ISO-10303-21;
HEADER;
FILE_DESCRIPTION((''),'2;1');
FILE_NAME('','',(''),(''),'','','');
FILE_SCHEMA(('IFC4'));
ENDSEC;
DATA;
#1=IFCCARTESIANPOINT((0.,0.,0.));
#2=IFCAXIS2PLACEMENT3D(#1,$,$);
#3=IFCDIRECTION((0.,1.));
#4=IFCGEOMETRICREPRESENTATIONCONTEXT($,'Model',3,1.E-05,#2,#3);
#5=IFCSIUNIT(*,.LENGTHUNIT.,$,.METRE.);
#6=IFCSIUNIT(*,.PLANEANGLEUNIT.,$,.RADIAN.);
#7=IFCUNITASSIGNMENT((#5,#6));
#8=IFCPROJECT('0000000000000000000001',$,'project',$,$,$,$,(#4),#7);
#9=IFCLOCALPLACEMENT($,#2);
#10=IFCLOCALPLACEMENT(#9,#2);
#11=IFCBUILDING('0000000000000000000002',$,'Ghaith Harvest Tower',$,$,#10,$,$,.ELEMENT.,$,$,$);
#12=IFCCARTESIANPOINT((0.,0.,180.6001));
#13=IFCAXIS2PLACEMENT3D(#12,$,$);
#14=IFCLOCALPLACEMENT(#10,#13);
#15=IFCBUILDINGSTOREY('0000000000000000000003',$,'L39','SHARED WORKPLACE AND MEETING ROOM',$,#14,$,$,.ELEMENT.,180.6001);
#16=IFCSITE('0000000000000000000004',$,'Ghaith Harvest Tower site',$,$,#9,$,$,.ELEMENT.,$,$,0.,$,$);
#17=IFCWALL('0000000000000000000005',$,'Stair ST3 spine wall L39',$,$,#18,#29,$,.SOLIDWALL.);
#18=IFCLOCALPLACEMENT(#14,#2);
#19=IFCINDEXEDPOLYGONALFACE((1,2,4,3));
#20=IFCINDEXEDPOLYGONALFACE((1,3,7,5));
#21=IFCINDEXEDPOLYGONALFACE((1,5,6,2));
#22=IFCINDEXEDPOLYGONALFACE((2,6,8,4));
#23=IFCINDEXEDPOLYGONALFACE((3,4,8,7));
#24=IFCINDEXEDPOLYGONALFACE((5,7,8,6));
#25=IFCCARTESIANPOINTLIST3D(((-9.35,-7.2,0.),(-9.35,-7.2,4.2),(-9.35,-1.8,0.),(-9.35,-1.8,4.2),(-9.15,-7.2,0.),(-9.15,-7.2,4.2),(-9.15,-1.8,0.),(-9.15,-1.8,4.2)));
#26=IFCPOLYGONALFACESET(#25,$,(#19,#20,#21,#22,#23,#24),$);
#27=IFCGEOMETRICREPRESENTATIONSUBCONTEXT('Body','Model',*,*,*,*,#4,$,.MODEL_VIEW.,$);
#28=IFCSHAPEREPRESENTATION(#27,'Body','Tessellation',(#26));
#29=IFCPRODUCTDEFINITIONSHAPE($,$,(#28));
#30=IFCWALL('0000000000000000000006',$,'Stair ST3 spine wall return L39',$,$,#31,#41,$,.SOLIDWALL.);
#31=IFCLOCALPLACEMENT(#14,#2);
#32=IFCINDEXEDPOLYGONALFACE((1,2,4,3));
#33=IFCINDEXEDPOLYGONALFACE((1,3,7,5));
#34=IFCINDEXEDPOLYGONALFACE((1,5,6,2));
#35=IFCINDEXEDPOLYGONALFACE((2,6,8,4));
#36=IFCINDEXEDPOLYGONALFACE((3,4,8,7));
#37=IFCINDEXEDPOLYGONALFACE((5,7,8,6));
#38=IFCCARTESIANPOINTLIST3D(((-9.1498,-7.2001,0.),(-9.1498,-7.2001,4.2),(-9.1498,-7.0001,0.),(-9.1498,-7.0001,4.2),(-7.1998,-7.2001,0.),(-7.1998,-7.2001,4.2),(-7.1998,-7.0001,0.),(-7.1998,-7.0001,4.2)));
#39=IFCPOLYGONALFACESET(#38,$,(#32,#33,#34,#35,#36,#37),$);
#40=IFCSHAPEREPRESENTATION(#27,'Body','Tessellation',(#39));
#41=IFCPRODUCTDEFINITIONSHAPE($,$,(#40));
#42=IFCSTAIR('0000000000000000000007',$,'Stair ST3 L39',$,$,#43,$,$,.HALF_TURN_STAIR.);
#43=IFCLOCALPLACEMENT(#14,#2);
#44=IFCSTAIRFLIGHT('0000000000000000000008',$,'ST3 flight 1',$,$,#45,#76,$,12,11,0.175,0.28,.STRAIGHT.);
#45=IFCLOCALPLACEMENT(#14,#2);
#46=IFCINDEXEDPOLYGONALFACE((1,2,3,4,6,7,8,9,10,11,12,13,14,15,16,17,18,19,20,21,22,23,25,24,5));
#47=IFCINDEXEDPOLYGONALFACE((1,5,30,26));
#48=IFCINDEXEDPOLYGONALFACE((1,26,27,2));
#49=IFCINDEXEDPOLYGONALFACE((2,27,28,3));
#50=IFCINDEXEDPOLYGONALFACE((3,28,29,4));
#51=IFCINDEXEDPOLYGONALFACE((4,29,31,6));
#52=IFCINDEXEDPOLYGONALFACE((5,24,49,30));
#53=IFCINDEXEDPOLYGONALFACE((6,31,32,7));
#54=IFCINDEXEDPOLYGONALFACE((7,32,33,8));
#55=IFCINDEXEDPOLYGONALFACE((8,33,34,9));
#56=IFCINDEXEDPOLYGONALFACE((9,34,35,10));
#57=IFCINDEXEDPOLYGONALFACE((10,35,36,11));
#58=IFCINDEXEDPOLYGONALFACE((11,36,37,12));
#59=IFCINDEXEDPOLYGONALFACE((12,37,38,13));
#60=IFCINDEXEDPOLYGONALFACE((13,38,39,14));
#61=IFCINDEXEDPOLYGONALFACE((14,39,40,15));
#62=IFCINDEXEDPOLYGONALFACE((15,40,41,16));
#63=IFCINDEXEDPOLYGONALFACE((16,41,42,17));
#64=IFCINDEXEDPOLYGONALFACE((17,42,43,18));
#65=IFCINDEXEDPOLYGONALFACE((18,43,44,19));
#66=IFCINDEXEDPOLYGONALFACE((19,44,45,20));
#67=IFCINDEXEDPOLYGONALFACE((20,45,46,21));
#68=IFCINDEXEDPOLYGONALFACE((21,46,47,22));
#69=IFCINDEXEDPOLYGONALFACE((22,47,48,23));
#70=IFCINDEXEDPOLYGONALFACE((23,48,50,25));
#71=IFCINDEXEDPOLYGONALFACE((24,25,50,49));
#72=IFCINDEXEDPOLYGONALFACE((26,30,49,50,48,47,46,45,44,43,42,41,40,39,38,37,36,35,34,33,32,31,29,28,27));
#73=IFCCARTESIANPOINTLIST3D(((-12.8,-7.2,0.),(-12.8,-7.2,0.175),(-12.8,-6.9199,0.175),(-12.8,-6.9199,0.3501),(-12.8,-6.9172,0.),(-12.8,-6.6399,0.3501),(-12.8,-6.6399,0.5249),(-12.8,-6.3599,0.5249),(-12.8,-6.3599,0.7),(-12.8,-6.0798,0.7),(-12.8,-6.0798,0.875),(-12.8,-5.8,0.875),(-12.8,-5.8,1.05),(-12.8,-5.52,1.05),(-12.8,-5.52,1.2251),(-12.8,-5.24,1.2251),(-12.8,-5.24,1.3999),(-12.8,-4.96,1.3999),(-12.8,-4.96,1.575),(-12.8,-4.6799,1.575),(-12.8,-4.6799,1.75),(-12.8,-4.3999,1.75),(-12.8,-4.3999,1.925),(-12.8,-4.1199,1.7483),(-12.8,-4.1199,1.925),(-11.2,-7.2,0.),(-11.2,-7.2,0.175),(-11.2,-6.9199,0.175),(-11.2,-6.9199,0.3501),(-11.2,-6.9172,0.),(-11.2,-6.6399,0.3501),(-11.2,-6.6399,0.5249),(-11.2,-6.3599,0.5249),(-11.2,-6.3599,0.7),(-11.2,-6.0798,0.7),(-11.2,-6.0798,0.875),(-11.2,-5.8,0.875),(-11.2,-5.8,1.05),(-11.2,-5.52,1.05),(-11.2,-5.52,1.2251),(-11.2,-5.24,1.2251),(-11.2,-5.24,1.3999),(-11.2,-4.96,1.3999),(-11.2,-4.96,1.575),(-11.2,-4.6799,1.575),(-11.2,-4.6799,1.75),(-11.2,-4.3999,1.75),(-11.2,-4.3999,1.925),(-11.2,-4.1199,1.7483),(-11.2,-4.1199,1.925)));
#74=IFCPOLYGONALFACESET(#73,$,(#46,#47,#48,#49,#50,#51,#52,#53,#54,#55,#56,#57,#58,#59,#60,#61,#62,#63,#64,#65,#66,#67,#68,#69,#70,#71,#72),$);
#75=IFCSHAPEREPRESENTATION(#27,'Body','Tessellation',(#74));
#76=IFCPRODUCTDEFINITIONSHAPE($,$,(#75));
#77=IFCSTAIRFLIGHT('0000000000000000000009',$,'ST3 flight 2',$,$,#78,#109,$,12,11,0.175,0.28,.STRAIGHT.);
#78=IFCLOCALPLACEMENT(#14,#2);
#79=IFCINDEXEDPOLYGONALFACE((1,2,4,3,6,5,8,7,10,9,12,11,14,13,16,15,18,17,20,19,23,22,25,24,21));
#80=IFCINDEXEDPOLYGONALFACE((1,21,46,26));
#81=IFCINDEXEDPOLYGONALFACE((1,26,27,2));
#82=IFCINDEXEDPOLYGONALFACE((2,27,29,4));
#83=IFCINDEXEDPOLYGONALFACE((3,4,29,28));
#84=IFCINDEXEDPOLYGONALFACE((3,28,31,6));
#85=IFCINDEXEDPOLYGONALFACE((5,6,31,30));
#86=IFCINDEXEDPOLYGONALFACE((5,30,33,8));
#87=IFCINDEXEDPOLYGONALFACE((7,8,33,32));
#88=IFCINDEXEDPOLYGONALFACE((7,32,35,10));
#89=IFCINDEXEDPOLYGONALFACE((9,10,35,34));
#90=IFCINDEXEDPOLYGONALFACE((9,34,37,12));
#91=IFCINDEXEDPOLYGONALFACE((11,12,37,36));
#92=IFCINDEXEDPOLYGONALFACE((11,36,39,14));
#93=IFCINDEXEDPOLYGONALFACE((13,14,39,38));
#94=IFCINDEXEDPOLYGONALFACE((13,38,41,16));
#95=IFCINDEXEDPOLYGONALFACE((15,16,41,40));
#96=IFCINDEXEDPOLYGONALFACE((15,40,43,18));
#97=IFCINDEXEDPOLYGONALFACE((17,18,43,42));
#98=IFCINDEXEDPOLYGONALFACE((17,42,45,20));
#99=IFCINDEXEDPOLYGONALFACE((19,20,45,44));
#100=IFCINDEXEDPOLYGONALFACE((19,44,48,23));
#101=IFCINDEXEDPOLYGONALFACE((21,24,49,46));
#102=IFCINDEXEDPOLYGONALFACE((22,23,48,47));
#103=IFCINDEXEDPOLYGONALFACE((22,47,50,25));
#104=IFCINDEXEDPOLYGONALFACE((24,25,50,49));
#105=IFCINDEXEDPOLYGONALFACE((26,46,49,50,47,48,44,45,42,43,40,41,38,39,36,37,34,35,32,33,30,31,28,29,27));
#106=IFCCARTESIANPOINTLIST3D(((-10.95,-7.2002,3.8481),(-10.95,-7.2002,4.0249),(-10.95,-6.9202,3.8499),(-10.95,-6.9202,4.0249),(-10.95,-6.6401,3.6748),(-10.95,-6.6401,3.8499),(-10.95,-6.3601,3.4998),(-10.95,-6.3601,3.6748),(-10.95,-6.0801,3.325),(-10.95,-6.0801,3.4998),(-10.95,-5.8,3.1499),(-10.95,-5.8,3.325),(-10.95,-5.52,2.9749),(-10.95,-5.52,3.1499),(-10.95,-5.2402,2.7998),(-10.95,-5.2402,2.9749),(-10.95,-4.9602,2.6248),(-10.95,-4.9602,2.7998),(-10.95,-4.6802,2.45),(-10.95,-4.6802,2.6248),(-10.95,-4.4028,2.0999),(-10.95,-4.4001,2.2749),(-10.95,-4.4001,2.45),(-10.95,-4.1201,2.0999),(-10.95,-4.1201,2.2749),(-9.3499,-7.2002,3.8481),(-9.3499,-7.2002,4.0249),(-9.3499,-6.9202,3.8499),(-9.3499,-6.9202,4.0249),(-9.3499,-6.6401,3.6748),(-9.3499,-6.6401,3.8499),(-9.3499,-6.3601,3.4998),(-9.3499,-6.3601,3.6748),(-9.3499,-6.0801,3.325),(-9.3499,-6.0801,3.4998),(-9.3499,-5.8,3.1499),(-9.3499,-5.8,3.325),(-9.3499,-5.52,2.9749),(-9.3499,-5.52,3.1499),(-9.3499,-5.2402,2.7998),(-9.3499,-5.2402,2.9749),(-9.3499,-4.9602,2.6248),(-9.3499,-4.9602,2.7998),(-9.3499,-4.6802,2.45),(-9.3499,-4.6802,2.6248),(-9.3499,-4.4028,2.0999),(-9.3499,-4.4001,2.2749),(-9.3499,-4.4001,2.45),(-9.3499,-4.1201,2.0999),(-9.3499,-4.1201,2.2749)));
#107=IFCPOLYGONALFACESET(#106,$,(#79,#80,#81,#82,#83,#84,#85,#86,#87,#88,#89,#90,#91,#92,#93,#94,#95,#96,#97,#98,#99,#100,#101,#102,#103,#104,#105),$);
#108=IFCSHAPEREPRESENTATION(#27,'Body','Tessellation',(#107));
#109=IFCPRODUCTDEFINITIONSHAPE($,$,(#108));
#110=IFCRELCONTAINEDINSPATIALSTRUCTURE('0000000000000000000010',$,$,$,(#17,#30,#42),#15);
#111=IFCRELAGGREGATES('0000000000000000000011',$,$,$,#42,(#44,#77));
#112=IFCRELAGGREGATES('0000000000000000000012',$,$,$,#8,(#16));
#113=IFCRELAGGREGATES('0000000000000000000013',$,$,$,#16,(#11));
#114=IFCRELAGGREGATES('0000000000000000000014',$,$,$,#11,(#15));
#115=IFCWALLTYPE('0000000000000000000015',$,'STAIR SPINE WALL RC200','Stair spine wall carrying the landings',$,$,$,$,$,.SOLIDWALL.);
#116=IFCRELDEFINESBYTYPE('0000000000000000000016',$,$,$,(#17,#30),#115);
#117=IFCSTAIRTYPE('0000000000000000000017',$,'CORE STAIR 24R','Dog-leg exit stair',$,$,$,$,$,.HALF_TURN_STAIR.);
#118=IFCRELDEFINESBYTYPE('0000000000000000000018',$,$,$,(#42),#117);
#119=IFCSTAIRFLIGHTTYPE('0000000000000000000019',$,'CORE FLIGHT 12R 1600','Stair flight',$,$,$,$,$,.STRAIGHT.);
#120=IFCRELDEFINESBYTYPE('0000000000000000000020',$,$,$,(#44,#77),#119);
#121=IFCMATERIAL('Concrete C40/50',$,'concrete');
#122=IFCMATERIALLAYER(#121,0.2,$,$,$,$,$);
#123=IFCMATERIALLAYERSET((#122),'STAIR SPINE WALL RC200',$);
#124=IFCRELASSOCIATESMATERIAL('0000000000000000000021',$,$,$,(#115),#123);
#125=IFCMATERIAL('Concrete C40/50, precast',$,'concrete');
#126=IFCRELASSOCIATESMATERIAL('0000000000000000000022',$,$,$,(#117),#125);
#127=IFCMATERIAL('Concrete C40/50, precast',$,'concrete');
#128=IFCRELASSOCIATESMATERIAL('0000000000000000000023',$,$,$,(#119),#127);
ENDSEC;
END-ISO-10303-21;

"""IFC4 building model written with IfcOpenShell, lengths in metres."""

from ifc_helpers import new_model, si_unit, direction, frame, frame_2d, origin, place, context, subcontext, project, spatial, polyline, rectangle, outline, extrude, material, layer, layer_set, type_object, element, aggregate, save


model = new_model("IFC4")

# Units and contexts
model_context = context("Model", 3, precision=1e-05, world=origin(), true_north=direction((0.0, 1.0)))
body_context = subcontext(model_context, "Body", "Model", "MODEL_VIEW")
ifc_project = project(units=[si_unit("LENGTHUNIT", "METRE"), si_unit("PLANEANGLEUNIT", "RADIAN")], contexts=[model_context])

# Site, building, storey
site_placement = place(None, origin())
site = spatial("IfcSite", under=ifc_project, at=site_placement, Name="Ghaith Harvest Tower site", CompositionType="ELEMENT", RefElevation=0.0)
building_placement = place(site_placement, origin())
building = spatial("IfcBuilding", under=site, at=building_placement, Name="Ghaith Harvest Tower", CompositionType="ELEMENT")
storey_placement = place(building_placement, frame((0.0, 0.0, 180.6001)))
storey = spatial("IfcBuildingStorey", under=building, at=storey_placement, Name="L39", Description="SHARED WORKPLACE AND MEETING ROOM", CompositionType="ELEMENT", Elevation=180.6001)

# Walls
ifc_material_1 = material(Name="Concrete C40/50", Category="concrete")
ifc_layer_1 = layer(ifc_material_1, 0.2)
ifc_layer_set_1 = layer_set([ifc_layer_1], Name="STAIR SPINE WALL RC200")
wall_type_1 = type_object("IfcWallType", Name="STAIR SPINE WALL RC200", Description="Stair spine wall carrying the landings", PredefinedType="SOLIDWALL", material=ifc_layer_set_1)
wall_1_placement = place(storey_placement, frame((-9.25, -7.2, 0.0), z_axis=(0.0, 0.0, 1.0), x_axis=(0.0, 1.0, 0.0)))
element("IfcWall", 1, at=wall_1_placement, inside=storey, type_object=wall_type_1, Name="Stair ST3 spine wall L39", PredefinedType="SOLIDWALL", context=body_context, shape_type="SweptSolid", body=[
    extrude(rectangle(XDim=5.3999, YDim=0.2, at=frame_2d((2.7, 0.0))), origin(), (0.0, 0.0, 1.0), 4.2),
])
wall_2_placement = place(storey_placement, frame((-9.1499, -7.1001, 0.0), z_axis=(0.0, 0.0, 1.0), x_axis=(1.0, 0.0, 0.0)))
element("IfcWall", 2, at=wall_2_placement, inside=storey, type_object=wall_type_1, Name="Stair ST3 spine wall return L39", PredefinedType="SOLIDWALL", context=body_context, shape_type="SweptSolid", body=[
    extrude(rectangle(XDim=1.95, YDim=0.2, at=frame_2d((0.9751, 0.0))), origin(), (0.0, 0.0, 1.0), 4.2),
])

# Stair, stair flights
ifc_material_2 = material(Name="Concrete C40/50, precast", Category="concrete")
stair_type = type_object("IfcStairType", Name="CORE STAIR 24R", Description="Dog-leg exit stair", PredefinedType="HALF_TURN_STAIR", material=ifc_material_2)
stair_placement = place(storey_placement, origin())
stair = element("IfcStair", 3, at=stair_placement, inside=storey, type_object=stair_type, Name="Stair ST3 L39", PredefinedType="HALF_TURN_STAIR")
ifc_material_3 = material(Name="Concrete C40/50, precast", Category="concrete")
stair_flight_type = type_object("IfcStairFlightType", Name="CORE FLIGHT 12R 1600", Description="Stair flight", PredefinedType="STRAIGHT", material=ifc_material_3)
stair_flight_1_placement = place(storey_placement, frame((-12.0, -7.2, 0.0), z_axis=(0.0, 0.0, 1.0), x_axis=(0.0, 1.0, 0.0)))
stair_flight_1 = element("IfcStairFlight", 4, at=stair_flight_1_placement, type_object=stair_flight_type, Name="ST3 flight 1", NumberOfRisers=12, NumberOfTreads=11, PredefinedType="STRAIGHT", RiserHeight=0.175, TreadLength=0.28, context=body_context, shape_type="SweptSolid", body=[
    extrude(outline(polyline([(0.0, 0.0), (0.0, 0.175), (0.28, 0.175), (0.28, 0.3501), (0.5601, 0.3501), (0.5601, 0.5249), (0.8401, 0.5249), (0.8401, 0.7), (1.1201, 0.7), (1.1201, 0.875), (1.3999, 0.875), (1.3999, 1.05), (1.6799, 1.05), (1.6799, 1.2251), (1.96, 1.2251), (1.96, 1.3999), (2.24, 1.3999), (2.24, 1.575), (2.52, 1.575), (2.52, 1.75), (2.8, 1.75), (2.8, 1.925), (3.0801, 1.925), (3.0801, 2.1001), (3.0801, 1.7483), (0.2827, 0.0), (0.0, 0.0)])), frame((0.0, 0.8, 0.0), z_axis=(0.0, -1.0, 0.0), x_axis=(1.0, 0.0, 0.0)), (0.0, 0.0, 1.0), 1.6001),
])
stair_flight_2_placement = place(storey_placement, frame((-10.1499, -4.1201, 2.0999), z_axis=(0.0, 0.0, 1.0), x_axis=(0.0, -1.0, 0.0)))
stair_flight_2 = element("IfcStairFlight", 5, at=stair_flight_2_placement, type_object=stair_flight_type, Name="ST3 flight 2", NumberOfRisers=12, NumberOfTreads=11, PredefinedType="STRAIGHT", RiserHeight=0.175, TreadLength=0.28, context=body_context, shape_type="SweptSolid", body=[
    extrude(outline(polyline([(0.0, 0.0), (0.0, 0.175), (0.28, 0.175), (0.28, 0.3501), (0.5601, 0.3501), (0.5601, 0.5249), (0.8401, 0.5249), (0.8401, 0.7), (1.1201, 0.7), (1.1201, 0.875), (1.3999, 0.875), (1.3999, 1.05), (1.6799, 1.05), (1.6799, 1.2251), (1.96, 1.2251), (1.96, 1.3999), (2.24, 1.3999), (2.24, 1.575), (2.52, 1.575), (2.52, 1.75), (2.8, 1.75), (2.8, 1.925), (3.0801, 1.925), (3.0801, 2.1001), (3.0801, 1.7483), (0.2827, 0.0), (0.0, 0.0)])), frame((0.0, 0.8, 0.0), z_axis=(0.0, -1.0, 0.0), x_axis=(1.0, 0.0, 0.0)), (0.0, 0.0, 1.0), 1.6001),
])
aggregate(stair, [stair_flight_1, stair_flight_2])

save(model, "model.ifc")
